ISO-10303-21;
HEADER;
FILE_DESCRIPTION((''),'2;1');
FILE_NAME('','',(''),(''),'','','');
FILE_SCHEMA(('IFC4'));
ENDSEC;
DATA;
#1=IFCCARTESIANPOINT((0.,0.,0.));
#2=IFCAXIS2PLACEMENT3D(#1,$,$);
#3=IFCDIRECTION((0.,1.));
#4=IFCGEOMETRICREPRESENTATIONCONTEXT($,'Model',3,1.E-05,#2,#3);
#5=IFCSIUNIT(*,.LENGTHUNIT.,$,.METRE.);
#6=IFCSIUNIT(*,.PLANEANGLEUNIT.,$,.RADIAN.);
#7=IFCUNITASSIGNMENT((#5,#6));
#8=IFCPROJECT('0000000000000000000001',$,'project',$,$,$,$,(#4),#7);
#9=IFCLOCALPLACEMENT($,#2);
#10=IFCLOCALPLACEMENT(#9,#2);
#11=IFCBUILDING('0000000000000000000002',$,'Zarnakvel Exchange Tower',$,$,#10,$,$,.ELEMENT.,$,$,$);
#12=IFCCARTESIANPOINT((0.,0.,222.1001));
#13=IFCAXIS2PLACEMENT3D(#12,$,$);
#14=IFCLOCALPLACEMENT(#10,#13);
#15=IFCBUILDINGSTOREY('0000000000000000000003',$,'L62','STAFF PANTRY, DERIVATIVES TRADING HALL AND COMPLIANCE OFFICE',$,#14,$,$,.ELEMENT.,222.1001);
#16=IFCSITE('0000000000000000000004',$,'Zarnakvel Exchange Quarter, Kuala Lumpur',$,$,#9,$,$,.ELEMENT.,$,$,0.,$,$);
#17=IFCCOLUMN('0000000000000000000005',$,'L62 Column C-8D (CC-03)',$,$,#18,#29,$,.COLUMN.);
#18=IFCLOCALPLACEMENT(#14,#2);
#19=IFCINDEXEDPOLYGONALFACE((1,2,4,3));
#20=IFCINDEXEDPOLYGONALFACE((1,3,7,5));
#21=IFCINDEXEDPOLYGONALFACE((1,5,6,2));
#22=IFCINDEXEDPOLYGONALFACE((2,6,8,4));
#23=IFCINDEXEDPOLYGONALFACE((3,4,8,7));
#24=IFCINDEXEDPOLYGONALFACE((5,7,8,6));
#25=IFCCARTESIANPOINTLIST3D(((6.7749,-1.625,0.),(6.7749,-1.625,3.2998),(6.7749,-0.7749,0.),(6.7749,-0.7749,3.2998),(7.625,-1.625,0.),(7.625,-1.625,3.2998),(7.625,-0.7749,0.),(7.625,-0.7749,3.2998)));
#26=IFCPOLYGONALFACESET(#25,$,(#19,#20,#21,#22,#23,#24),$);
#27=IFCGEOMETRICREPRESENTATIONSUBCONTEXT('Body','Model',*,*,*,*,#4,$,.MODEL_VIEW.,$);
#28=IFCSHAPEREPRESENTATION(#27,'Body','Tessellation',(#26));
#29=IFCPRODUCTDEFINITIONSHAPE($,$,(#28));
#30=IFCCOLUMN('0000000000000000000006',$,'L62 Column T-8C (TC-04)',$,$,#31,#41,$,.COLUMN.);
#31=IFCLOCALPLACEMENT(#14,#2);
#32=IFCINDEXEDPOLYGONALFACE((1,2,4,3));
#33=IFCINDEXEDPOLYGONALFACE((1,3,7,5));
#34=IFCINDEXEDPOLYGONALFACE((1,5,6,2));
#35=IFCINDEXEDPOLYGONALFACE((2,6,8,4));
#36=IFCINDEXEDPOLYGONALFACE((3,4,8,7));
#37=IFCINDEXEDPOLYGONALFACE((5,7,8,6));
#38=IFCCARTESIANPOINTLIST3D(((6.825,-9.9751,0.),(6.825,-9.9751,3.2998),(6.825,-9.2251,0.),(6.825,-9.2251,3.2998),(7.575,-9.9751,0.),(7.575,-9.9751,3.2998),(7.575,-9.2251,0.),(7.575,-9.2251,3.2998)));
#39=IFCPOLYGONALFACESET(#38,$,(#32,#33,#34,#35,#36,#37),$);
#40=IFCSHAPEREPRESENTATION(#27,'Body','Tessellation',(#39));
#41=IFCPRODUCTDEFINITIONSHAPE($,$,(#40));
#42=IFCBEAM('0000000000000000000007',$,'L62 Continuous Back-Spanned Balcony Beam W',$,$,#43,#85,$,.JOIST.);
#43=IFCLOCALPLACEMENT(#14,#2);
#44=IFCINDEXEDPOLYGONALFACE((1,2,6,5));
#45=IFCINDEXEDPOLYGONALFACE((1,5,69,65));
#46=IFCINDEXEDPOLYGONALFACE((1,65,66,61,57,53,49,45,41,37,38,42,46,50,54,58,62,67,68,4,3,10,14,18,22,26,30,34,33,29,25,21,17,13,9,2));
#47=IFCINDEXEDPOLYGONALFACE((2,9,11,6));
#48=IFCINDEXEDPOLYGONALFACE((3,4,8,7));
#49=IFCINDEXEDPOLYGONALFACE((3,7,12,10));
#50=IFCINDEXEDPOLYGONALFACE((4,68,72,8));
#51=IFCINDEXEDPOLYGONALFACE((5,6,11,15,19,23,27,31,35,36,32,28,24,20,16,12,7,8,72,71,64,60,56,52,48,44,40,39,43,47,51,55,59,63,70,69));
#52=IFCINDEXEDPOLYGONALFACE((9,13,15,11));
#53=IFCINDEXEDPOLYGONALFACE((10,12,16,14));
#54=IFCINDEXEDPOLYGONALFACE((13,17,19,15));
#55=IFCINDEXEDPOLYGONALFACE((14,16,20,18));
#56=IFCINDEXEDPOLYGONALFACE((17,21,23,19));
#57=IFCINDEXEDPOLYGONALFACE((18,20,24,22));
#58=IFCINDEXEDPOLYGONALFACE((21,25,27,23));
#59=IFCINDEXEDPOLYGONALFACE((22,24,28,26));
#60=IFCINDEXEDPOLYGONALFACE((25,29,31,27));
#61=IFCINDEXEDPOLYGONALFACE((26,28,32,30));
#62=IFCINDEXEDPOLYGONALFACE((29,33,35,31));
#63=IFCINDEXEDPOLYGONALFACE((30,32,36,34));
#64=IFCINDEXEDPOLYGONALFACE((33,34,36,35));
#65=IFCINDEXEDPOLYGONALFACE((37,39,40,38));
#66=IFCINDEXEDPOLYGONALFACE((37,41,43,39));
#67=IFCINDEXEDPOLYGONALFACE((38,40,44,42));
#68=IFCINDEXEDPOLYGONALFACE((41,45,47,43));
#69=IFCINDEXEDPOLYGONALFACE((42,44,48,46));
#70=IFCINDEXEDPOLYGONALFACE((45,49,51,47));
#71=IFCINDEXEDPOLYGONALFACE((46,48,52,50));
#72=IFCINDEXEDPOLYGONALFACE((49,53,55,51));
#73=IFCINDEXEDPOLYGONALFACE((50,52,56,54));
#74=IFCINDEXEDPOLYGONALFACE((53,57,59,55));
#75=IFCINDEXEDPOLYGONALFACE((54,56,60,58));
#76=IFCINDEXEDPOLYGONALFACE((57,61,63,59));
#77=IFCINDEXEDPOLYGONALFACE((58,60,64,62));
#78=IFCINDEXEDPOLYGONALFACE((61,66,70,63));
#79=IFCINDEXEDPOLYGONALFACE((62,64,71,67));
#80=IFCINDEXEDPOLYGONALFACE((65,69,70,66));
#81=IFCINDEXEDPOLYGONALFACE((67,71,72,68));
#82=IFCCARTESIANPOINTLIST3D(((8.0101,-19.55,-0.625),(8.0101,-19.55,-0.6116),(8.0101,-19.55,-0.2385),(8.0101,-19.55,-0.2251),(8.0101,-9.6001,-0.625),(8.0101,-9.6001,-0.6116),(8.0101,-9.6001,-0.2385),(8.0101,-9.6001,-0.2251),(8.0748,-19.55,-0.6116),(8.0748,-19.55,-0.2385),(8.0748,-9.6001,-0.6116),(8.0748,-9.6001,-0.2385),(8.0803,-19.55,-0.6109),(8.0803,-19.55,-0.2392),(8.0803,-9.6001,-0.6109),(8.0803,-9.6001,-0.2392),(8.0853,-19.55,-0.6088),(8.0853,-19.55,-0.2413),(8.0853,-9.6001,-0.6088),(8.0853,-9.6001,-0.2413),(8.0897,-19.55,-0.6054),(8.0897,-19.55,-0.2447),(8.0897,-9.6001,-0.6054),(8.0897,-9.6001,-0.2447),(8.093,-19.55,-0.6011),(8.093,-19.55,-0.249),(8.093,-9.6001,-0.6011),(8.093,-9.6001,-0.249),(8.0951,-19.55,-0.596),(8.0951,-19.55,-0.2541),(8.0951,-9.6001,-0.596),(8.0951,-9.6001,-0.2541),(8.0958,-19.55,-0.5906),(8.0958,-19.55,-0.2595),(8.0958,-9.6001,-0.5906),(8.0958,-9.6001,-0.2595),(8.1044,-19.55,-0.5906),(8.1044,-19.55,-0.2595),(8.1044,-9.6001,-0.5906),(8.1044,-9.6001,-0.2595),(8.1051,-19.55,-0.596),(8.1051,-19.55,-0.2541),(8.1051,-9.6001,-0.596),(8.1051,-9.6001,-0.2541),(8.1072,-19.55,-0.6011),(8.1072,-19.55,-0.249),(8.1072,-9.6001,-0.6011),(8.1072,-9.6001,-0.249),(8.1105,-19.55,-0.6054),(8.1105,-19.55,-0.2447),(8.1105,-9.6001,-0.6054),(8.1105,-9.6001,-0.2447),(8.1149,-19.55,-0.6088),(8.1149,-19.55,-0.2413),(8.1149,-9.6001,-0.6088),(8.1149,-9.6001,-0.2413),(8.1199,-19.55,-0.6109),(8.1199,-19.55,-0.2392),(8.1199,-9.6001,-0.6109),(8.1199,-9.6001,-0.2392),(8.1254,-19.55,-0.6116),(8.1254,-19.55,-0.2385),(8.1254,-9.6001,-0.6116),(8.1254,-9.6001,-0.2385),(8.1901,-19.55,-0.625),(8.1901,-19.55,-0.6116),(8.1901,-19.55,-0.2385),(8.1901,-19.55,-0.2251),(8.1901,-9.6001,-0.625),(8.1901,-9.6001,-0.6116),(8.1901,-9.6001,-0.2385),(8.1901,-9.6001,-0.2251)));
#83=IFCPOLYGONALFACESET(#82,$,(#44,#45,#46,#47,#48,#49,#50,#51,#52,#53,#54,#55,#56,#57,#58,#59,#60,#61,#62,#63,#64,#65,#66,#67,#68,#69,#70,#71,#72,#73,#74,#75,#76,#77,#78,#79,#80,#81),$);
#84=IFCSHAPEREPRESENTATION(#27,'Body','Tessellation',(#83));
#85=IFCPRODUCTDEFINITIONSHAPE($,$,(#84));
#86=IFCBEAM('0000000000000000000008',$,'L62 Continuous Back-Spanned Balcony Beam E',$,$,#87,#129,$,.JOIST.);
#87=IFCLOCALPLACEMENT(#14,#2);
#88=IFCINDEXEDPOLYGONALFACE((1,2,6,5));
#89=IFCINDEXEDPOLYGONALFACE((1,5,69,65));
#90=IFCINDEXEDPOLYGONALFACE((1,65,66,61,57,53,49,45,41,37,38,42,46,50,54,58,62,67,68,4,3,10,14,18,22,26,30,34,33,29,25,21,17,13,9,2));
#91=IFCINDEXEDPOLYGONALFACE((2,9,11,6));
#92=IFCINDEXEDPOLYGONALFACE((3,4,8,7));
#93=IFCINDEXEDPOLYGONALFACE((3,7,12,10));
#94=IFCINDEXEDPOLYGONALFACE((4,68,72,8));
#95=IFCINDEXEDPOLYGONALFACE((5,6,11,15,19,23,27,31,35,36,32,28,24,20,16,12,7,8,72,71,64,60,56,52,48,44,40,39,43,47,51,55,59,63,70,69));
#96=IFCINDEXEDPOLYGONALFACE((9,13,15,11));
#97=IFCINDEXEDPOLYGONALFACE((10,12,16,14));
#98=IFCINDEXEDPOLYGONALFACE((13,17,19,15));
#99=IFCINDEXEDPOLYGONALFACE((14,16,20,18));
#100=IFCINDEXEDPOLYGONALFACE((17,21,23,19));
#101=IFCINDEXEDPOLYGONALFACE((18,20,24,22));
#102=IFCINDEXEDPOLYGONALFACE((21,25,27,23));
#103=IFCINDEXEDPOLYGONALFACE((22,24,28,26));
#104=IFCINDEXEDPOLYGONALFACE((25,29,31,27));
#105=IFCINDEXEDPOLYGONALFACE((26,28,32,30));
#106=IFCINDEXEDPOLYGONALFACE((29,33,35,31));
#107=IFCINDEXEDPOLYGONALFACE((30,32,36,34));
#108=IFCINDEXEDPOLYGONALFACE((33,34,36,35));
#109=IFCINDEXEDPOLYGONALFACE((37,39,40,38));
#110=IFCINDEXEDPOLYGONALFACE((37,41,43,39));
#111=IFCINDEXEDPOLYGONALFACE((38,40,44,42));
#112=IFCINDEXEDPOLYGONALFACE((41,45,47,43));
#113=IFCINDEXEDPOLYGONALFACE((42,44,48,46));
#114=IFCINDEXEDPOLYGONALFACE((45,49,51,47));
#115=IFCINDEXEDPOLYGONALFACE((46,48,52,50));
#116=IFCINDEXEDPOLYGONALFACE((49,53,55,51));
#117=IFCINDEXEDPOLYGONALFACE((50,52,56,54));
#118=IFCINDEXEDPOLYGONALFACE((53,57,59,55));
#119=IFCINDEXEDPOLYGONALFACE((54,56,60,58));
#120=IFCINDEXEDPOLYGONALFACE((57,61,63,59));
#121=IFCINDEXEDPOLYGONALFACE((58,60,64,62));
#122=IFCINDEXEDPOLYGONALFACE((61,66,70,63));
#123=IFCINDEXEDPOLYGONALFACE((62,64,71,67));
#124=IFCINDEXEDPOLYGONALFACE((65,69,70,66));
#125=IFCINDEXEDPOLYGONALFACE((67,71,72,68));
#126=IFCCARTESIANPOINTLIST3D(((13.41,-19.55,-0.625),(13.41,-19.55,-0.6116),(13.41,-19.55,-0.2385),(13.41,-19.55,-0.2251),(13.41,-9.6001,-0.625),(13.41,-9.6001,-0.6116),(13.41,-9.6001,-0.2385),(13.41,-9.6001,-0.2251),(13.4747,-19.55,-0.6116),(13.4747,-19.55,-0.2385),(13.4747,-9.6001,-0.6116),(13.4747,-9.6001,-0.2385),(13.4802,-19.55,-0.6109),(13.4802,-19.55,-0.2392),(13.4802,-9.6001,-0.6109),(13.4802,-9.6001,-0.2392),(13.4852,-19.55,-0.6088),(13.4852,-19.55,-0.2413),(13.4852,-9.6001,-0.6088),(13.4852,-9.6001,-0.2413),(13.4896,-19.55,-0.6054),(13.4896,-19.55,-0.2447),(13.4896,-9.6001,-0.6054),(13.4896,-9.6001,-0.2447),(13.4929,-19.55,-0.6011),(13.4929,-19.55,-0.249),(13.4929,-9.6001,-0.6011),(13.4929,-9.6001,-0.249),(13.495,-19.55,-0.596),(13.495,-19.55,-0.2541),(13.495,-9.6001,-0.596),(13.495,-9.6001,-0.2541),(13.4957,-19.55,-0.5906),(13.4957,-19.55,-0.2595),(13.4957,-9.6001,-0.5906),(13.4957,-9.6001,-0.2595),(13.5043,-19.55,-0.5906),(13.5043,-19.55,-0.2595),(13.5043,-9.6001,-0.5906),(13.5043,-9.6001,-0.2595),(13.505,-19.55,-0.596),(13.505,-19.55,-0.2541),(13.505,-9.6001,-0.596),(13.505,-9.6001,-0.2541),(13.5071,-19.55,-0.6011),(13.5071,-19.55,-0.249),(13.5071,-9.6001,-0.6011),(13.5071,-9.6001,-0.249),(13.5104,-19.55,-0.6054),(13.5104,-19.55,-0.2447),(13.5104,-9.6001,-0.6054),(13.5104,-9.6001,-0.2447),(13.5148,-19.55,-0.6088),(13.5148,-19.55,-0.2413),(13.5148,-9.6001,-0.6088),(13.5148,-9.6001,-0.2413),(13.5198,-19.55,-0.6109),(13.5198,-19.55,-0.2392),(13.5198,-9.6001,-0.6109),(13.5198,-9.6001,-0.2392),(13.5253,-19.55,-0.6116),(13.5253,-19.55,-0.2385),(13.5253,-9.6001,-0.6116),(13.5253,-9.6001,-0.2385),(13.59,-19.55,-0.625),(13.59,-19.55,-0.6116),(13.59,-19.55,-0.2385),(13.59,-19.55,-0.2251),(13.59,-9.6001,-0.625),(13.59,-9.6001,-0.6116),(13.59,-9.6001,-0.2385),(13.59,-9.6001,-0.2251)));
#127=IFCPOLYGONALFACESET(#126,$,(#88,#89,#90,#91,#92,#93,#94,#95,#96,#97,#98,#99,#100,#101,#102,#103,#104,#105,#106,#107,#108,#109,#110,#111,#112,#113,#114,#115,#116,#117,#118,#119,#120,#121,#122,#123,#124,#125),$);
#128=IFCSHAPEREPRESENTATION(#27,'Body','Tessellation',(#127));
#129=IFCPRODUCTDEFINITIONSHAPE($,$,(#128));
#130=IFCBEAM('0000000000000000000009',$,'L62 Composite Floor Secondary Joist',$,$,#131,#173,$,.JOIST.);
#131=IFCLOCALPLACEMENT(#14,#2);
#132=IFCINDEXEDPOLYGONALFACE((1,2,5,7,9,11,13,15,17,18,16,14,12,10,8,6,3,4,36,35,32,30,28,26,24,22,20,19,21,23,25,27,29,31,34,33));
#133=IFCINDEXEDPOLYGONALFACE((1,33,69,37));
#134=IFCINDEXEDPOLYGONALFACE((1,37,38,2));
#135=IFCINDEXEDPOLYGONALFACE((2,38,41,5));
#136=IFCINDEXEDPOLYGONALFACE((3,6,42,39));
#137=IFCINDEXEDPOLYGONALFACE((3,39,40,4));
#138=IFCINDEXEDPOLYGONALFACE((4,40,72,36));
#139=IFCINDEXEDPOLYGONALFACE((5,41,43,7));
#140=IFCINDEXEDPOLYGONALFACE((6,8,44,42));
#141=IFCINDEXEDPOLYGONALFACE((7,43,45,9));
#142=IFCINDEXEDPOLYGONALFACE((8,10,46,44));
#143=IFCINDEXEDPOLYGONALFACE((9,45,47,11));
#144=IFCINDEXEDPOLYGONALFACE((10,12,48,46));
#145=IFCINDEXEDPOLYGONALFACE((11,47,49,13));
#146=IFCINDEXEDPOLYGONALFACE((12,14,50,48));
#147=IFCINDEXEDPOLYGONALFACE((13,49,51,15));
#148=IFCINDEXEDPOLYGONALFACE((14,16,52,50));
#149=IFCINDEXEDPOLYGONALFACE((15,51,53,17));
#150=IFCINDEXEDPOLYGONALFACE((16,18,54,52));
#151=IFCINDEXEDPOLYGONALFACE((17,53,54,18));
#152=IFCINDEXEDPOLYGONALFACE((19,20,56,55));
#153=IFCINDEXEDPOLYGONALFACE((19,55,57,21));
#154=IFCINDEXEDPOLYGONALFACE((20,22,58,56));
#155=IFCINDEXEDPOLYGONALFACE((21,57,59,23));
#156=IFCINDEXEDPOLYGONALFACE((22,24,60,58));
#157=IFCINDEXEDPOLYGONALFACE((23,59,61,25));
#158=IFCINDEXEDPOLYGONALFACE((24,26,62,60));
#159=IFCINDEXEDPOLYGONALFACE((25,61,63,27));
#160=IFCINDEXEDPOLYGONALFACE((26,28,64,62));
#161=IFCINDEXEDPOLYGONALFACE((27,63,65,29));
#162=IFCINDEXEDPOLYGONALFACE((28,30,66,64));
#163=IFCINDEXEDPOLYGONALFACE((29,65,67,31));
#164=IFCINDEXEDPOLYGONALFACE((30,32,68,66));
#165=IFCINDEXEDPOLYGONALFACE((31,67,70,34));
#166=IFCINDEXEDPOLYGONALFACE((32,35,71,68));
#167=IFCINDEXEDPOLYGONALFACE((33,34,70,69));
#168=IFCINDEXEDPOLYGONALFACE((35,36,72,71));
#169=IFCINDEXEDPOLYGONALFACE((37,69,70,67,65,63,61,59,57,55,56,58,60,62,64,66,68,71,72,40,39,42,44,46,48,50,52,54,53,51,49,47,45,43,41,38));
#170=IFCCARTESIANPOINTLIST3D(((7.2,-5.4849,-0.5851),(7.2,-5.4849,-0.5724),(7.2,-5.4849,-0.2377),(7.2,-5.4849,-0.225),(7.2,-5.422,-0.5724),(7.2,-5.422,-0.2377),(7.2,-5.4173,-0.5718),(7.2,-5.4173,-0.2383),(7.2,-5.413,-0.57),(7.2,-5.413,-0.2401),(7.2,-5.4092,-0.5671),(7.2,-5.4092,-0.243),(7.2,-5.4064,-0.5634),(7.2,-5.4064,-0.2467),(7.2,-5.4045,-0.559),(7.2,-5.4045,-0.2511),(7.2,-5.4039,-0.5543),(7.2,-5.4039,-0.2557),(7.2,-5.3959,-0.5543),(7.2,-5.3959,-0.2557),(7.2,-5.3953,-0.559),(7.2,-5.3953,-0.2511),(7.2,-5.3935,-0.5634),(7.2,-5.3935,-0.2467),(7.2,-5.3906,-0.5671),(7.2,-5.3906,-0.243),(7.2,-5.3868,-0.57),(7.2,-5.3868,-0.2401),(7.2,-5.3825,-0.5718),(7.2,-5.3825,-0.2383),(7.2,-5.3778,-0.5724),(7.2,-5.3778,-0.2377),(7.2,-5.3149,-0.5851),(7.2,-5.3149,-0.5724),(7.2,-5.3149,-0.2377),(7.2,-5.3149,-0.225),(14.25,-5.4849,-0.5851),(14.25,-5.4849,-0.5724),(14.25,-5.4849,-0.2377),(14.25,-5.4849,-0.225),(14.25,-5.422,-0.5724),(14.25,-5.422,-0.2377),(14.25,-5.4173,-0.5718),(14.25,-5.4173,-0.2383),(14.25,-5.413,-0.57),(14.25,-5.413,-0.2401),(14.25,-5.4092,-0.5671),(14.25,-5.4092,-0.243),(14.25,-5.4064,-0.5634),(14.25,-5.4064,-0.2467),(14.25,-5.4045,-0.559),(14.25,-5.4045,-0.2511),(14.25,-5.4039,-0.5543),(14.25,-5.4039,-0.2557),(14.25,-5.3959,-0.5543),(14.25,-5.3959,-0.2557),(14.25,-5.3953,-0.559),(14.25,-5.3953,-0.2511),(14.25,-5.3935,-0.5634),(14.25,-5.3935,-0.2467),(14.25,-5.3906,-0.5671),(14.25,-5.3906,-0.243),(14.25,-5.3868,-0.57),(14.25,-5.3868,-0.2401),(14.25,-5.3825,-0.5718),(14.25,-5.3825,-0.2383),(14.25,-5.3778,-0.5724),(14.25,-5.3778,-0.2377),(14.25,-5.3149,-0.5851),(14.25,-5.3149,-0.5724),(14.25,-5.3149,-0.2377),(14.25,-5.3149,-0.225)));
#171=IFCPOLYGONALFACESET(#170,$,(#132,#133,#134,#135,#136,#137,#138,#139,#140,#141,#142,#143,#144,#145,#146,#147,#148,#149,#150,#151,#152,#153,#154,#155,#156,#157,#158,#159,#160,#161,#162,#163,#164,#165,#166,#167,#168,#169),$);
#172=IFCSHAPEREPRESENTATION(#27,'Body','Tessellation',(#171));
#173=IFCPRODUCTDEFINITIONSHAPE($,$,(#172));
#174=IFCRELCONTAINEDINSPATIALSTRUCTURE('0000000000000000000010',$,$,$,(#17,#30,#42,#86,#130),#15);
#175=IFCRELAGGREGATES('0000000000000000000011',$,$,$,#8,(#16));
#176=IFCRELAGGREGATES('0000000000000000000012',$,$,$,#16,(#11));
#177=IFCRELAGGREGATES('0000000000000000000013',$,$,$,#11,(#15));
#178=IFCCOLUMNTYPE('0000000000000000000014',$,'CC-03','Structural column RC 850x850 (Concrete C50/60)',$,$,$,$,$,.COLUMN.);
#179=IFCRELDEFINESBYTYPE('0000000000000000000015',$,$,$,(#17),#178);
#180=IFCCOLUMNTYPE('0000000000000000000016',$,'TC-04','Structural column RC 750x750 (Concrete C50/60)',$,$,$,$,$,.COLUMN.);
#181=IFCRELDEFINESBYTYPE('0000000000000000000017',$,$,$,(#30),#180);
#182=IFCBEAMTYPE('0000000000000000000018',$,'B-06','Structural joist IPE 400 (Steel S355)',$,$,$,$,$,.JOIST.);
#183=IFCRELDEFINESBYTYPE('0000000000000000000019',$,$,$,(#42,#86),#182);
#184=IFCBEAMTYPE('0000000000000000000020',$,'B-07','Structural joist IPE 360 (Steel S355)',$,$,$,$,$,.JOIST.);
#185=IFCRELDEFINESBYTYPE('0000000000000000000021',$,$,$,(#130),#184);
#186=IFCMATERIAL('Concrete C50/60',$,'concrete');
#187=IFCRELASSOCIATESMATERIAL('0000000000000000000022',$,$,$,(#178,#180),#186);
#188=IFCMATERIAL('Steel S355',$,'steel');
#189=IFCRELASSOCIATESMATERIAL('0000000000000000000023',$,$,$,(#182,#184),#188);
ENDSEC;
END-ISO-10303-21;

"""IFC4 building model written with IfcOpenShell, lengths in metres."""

from ifc_helpers import new_model, si_unit, direction, frame, origin, origin_2d, place, context, subcontext, project, spatial, rectangle, i_section, extrude, material, material_profile, profile_set, type_object, element, save


model = new_model("IFC4")

# Units and contexts
model_context = context("Model", 3, precision=1e-05, world=origin(), true_north=direction((0.0, 1.0)))
body_context = subcontext(model_context, "Body", "Model", "MODEL_VIEW")
ifc_project = project(units=[si_unit("LENGTHUNIT", "METRE"), si_unit("PLANEANGLEUNIT", "RADIAN")], contexts=[model_context])

# Site, building, storey
site_placement = place(None, origin())
site = spatial("IfcSite", under=ifc_project, at=site_placement, Name="Zarnakvel Exchange Quarter, Kuala Lumpur", CompositionType="ELEMENT", RefElevation=0.0)
building_placement = place(site_placement, origin())
building = spatial("IfcBuilding", under=site, at=building_placement, Name="Zarnakvel Exchange Tower", CompositionType="ELEMENT")
storey_placement = place(building_placement, frame((0.0, 0.0, 222.1001)))
storey = spatial("IfcBuildingStorey", under=building, at=storey_placement, Name="L62", Description="STAFF PANTRY, DERIVATIVES TRADING HALL AND COMPLIANCE OFFICE", CompositionType="ELEMENT", Elevation=222.1001)

# Columns
ifc_material_1 = material(Name="Concrete C50/60", Category="concrete")
ifc_material_profile_1 = material_profile(ifc_material_1, rectangle(XDim=0.8501, YDim=0.8501, at=origin_2d()))
ifc_profile_set_1 = profile_set([ifc_material_profile_1], Name="Concrete C50/60")
column_type_1 = type_object("IfcColumnType", Name="CC-03", Description="Structural column RC 850x850 (Concrete C50/60)", PredefinedType="COLUMN", material=ifc_profile_set_1)
column_1_placement = place(storey_placement, frame((7.2, -1.2, 0.0), z_axis=(0.0, 0.0, 1.0), x_axis=(1.0, 0.0, 0.0)))
element("IfcColumn", 1, at=column_1_placement, inside=storey, type_object=column_type_1, Name="L62 Column C-8D (CC-03)", PredefinedType="COLUMN", context=body_context, shape_type="SweptSolid", body=[
    extrude(rectangle(XDim=0.8501, YDim=0.8501, at=origin_2d()), origin(), (0.0, 0.0, 1.0), 3.2998),
])
ifc_material_profile_2 = material_profile(ifc_material_1, rectangle(XDim=0.75, YDim=0.75, at=origin_2d()))
ifc_profile_set_2 = profile_set([ifc_material_profile_2], Name="Concrete C50/60")
column_type_2 = type_object("IfcColumnType", Name="TC-04", Description="Structural column RC 750x750 (Concrete C50/60)", PredefinedType="COLUMN", material=ifc_profile_set_2)
column_2_placement = place(storey_placement, frame((7.2, -9.6001, 0.0), z_axis=(0.0, 0.0, 1.0), x_axis=(1.0, 0.0, 0.0)))
element("IfcColumn", 2, at=column_2_placement, inside=storey, type_object=column_type_2, Name="L62 Column T-8C (TC-04)", PredefinedType="COLUMN", context=body_context, shape_type="SweptSolid", body=[
    extrude(rectangle(XDim=0.75, YDim=0.75, at=origin_2d()), origin(), (0.0, 0.0, 1.0), 3.2998),
])

# Beams
ifc_material_2 = material(Name="Steel S355", Category="steel")
ifc_material_profile_3 = material_profile(ifc_material_2, i_section(OverallWidth=0.1799, OverallDepth=0.3999, WebThickness=0.0085, FlangeThickness=0.0134, FilletRadius=0.021, at=origin_2d()))
ifc_profile_set_3 = profile_set([ifc_material_profile_3], Name="Steel S355")
beam_type_1 = type_object("IfcBeamType", Name="B-06", Description="Structural joist IPE 400 (Steel S355)", PredefinedType="JOIST", material=ifc_profile_set_3)
for number, where, z_axis, x_axis, name in (
    (3, (8.1001, -9.6001, -0.425), (0.0, -1.0, 0.0), (1.0, 0.0, 0.0), "L62 Continuous Back-Spanned Balcony Beam W"),
    (4, (13.5, -9.6001, -0.425), (0.0, -1.0, 0.0), (1.0, 0.0, 0.0), "L62 Continuous Back-Spanned Balcony Beam E"),
):
    element("IfcBeam", number, at=place(storey_placement, frame(where, z_axis=z_axis, x_axis=x_axis)), inside=storey, type_object=beam_type_1, Name=name, PredefinedType="JOIST", context=body_context, shape_type="SweptSolid", body=[
        extrude(i_section(OverallWidth=0.1799, OverallDepth=0.3999, WebThickness=0.0085, FlangeThickness=0.0134, FilletRadius=0.021, at=origin_2d()), origin(), (0.0, 0.0, 1.0), 9.95),
    ])
ifc_material_profile_4 = material_profile(ifc_material_2, i_section(OverallWidth=0.1699, OverallDepth=0.3601, WebThickness=0.0081, FlangeThickness=0.0127, FilletRadius=0.0181, at=origin_2d()))
ifc_profile_set_4 = profile_set([ifc_material_profile_4], Name="Steel S355")
beam_type_2 = type_object("IfcBeamType", Name="B-07", Description="Structural joist IPE 360 (Steel S355)", PredefinedType="JOIST", material=ifc_profile_set_4)
beam_1_placement = place(storey_placement, frame((7.2, -5.3999, -0.405), z_axis=(1.0, 0.0, 0.0), x_axis=(0.0, 1.0, 0.0)))
element("IfcBeam", 5, at=beam_1_placement, inside=storey, type_object=beam_type_2, Name="L62 Composite Floor Secondary Joist", PredefinedType="JOIST", context=body_context, shape_type="SweptSolid", body=[
    extrude(i_section(OverallWidth=0.1699, OverallDepth=0.3601, WebThickness=0.0081, FlangeThickness=0.0127, FilletRadius=0.0181, at=origin_2d()), origin(), (0.0, 0.0, 1.0), 7.05),
])

save(model, "model.ifc")
